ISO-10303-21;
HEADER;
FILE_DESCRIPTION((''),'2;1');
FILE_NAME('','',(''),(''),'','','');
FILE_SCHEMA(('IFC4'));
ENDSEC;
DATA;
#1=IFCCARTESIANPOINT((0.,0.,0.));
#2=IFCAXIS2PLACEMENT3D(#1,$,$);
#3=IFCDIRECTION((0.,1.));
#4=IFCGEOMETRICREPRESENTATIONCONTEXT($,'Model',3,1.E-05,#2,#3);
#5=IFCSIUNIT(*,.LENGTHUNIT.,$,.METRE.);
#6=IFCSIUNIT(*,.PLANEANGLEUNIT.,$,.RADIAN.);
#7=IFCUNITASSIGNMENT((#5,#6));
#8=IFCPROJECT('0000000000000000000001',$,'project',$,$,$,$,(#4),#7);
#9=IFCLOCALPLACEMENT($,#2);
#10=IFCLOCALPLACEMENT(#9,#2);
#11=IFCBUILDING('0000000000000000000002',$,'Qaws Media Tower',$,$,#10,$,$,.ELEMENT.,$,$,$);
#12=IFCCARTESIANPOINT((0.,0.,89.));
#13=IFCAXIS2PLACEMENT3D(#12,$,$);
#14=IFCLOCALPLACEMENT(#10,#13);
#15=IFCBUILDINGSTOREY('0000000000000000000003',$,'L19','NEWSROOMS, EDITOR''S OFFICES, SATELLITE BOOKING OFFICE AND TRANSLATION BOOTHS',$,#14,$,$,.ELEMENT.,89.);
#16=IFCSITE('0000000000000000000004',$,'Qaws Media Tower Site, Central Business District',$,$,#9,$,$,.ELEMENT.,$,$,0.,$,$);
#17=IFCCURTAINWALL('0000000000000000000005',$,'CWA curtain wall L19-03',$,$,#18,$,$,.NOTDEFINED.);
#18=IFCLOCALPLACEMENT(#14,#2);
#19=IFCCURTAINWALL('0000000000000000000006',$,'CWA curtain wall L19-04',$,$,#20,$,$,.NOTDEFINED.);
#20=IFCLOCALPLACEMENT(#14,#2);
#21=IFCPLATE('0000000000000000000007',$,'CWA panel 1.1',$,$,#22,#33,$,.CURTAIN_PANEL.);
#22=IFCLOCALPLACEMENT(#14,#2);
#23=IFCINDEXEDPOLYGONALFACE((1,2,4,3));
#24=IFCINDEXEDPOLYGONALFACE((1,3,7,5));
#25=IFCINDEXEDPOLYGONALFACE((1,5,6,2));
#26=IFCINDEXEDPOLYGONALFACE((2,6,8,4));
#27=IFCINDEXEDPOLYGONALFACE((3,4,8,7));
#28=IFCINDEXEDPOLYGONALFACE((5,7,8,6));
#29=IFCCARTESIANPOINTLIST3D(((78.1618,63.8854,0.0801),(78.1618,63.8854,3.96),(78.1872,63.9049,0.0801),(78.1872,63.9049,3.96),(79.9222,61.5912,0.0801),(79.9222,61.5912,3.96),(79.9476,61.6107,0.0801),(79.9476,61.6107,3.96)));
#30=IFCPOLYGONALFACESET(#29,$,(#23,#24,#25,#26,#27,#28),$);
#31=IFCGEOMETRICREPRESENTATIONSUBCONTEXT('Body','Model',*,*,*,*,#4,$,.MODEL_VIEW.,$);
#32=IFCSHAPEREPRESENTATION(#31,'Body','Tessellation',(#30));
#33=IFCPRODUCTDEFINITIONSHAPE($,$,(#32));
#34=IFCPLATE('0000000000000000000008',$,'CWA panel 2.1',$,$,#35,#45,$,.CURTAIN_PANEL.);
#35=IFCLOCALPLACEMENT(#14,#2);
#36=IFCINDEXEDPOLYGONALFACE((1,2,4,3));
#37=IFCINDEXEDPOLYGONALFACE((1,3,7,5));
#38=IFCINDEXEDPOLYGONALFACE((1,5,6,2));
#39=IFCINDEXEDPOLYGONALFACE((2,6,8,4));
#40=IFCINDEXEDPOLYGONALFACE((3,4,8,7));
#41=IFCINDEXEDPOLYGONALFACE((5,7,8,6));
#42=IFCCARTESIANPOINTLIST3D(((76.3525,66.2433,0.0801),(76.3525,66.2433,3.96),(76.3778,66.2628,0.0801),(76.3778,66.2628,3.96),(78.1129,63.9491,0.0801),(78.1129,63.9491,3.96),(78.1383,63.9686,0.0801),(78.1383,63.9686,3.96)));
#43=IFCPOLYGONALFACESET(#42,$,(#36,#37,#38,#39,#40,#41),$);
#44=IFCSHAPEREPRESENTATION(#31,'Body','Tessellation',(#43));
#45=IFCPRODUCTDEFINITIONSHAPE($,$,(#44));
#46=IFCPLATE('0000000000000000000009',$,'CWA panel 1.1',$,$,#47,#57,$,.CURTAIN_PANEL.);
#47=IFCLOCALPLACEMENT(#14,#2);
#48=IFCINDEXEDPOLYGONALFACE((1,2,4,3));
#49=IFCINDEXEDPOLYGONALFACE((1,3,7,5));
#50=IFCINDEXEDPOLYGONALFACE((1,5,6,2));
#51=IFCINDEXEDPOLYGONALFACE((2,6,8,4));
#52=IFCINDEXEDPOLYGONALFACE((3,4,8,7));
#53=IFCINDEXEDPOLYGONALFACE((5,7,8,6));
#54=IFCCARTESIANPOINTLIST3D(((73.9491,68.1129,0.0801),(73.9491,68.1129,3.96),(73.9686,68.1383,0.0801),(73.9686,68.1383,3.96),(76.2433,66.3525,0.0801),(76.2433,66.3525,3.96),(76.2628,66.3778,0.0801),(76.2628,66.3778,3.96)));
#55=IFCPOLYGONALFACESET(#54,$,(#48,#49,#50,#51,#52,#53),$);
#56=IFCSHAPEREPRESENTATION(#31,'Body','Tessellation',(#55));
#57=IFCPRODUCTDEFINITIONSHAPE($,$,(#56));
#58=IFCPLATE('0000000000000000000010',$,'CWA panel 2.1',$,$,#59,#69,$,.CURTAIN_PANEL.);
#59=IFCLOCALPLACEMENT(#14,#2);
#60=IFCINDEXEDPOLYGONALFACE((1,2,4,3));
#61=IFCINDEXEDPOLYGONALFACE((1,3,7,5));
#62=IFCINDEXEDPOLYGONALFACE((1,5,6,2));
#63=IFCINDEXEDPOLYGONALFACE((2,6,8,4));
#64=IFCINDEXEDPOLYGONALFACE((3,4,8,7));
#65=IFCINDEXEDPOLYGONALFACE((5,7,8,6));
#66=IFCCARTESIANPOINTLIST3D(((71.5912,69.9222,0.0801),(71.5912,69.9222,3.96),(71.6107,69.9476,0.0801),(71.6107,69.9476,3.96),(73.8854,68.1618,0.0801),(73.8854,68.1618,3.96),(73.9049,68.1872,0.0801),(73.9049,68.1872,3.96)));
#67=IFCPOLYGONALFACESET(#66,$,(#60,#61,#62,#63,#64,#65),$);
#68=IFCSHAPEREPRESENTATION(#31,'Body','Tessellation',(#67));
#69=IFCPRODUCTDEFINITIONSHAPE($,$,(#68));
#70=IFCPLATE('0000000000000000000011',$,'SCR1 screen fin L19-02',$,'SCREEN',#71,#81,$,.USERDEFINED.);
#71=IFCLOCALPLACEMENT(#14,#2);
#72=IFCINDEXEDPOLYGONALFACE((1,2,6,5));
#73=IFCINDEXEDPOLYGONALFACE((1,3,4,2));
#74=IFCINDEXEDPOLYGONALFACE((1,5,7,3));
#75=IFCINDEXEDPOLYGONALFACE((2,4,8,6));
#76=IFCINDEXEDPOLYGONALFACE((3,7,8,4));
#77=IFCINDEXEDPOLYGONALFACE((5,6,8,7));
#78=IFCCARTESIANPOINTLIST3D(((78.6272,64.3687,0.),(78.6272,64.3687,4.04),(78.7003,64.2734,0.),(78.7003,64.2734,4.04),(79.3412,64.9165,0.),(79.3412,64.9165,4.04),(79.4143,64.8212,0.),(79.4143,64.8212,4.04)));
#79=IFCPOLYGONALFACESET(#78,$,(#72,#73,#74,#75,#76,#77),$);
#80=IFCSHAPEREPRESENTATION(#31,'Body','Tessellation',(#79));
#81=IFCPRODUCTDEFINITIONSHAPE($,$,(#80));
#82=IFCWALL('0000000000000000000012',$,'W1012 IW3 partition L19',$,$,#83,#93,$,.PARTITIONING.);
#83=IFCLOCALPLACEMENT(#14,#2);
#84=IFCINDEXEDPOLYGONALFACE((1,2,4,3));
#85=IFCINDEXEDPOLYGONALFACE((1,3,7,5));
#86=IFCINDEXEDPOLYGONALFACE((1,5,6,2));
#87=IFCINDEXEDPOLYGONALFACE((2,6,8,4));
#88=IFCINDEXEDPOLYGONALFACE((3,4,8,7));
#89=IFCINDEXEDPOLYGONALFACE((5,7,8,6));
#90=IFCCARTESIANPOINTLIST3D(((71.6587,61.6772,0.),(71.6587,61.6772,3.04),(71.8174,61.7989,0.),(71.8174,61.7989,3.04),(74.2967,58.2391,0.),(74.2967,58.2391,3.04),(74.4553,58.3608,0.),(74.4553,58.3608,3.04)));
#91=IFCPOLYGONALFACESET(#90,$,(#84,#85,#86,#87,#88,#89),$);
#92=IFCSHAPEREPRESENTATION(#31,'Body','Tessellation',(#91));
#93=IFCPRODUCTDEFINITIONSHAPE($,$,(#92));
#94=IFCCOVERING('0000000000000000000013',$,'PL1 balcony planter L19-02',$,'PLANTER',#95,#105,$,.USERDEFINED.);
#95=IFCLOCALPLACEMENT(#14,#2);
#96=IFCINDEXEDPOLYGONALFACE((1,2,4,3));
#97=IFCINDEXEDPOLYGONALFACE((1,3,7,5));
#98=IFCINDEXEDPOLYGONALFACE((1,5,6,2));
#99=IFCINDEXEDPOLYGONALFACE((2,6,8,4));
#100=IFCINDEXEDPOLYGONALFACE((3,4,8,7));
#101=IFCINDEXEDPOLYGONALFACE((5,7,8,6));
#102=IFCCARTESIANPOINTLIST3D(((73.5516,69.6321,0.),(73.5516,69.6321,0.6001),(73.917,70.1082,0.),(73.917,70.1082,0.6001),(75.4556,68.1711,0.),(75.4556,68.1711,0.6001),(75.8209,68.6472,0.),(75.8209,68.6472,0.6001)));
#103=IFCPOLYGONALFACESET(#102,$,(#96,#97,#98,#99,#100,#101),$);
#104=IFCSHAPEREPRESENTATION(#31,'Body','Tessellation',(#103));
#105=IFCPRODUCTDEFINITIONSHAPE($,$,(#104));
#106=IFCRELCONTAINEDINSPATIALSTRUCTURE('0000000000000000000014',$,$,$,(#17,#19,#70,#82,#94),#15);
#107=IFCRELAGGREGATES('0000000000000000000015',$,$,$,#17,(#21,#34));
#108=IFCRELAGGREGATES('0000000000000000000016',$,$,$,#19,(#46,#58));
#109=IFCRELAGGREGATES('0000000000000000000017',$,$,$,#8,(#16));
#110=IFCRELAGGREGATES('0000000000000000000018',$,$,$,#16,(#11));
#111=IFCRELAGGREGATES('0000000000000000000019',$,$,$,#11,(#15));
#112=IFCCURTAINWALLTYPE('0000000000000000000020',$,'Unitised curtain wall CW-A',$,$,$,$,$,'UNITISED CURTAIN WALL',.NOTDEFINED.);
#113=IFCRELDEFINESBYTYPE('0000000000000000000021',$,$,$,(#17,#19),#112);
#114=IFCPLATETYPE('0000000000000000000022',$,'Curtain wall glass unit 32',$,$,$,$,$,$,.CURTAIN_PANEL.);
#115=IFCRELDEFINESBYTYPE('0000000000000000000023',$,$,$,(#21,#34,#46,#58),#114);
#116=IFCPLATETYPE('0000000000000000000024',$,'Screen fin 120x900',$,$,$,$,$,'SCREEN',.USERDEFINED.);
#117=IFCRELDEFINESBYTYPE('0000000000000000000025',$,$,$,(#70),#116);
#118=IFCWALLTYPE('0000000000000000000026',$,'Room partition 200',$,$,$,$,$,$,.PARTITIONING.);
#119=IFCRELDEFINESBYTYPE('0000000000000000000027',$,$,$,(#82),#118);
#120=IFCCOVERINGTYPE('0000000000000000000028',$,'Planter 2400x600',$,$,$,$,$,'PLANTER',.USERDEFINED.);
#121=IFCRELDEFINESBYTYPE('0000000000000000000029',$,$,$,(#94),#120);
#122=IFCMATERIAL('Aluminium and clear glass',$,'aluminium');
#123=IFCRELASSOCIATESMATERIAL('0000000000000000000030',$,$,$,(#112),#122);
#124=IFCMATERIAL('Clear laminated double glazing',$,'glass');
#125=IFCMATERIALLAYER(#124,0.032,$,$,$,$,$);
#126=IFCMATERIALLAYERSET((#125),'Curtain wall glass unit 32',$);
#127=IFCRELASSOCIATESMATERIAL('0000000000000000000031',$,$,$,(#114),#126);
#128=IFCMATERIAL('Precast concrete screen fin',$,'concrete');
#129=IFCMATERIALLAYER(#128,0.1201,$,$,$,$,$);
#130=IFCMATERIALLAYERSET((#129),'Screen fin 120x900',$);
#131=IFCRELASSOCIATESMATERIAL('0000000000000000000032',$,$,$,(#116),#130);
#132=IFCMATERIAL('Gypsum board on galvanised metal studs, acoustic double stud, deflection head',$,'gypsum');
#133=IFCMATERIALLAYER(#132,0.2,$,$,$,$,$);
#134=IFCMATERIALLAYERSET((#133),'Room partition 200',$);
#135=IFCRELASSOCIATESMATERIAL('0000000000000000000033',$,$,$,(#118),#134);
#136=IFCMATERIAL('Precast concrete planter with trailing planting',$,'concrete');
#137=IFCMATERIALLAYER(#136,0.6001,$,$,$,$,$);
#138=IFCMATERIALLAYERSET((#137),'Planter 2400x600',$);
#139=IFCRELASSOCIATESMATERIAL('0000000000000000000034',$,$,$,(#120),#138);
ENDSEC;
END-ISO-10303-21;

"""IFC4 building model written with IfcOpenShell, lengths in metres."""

from ifc_helpers import new_model, si_unit, direction, frame, frame_2d, origin, origin_2d, place, context, subcontext, project, spatial, rectangle, extrude, material, layer, layer_set, type_object, element, aggregate, save


model = new_model("IFC4")

# Units and contexts
model_context = context("Model", 3, precision=1e-05, world=origin(), true_north=direction((0.0, 1.0)))
body_context = subcontext(model_context, "Body", "Model", "MODEL_VIEW")
ifc_project = project(units=[si_unit("LENGTHUNIT", "METRE"), si_unit("PLANEANGLEUNIT", "RADIAN")], contexts=[model_context])

# Site, building, storey
site_placement = place(None, origin())
site = spatial("IfcSite", under=ifc_project, at=site_placement, Name="Qaws Media Tower Site, Central Business District", CompositionType="ELEMENT", RefElevation=0.0)
building_placement = place(site_placement, origin())
building = spatial("IfcBuilding", under=site, at=building_placement, Name="Qaws Media Tower", CompositionType="ELEMENT")
storey_placement = place(building_placement, frame((0.0, 0.0, 89.0)))
storey = spatial("IfcBuildingStorey", under=building, at=storey_placement, Name="L19", Description="NEWSROOMS, EDITOR'S OFFICES, SATELLITE BOOKING OFFICE AND TRANSLATION BOOTHS", CompositionType="ELEMENT", Elevation=89.0)

# Shared definitions
ifc_material_1 = material(Name="Aluminium and clear glass", Category="aluminium")
curtain_wall_type = type_object("IfcCurtainWallType", Name="Unitised curtain wall CW-A", ElementType="UNITISED CURTAIN WALL", PredefinedType="NOTDEFINED", material=ifc_material_1)

# Curtain walls
curtain_wall_1_placement = place(storey_placement, origin())
curtain_wall_1 = element("IfcCurtainWall", 1, at=curtain_wall_1_placement, inside=storey, type_object=curtain_wall_type, Name="CWA curtain wall L19-03", PredefinedType="NOTDEFINED")
curtain_wall_2_placement = place(storey_placement, origin())
curtain_wall_2 = element("IfcCurtainWall", 2, at=curtain_wall_2_placement, inside=storey, type_object=curtain_wall_type, Name="CWA curtain wall L19-04", PredefinedType="NOTDEFINED")

# Plates
ifc_material_2 = material(Name="Clear laminated double glazing", Category="glass")
ifc_layer_1 = layer(ifc_material_2, 0.032)
ifc_layer_set_1 = layer_set([ifc_layer_1], Name="Curtain wall glass unit 32")
plate_type_1 = type_object("IfcPlateType", Name="Curtain wall glass unit 32", PredefinedType="CURTAIN_PANEL", material=ifc_layer_set_1)
plate_1_placement = place(storey_placement, frame((79.0547, 62.748, 0.0801), z_axis=(0.0, 0.0, 1.0), x_axis=(-0.608761, 0.793353, 0.0)))
plate_1 = element("IfcPlate", 3, at=plate_1_placement, type_object=plate_type_1, Name="CWA panel 1.1", PredefinedType="CURTAIN_PANEL", context=body_context, shape_type="SweptSolid", body=[
    extrude(rectangle(XDim=2.8918, YDim=0.032, at=origin_2d()), origin(), (0.0, 0.0, 1.0), 3.8799),
])
plate_2_placement = place(storey_placement, frame((77.2454, 65.106, 0.0801), z_axis=(0.0, 0.0, 1.0), x_axis=(-0.608761, 0.793353, 0.0)))
plate_2 = element("IfcPlate", 4, at=plate_2_placement, type_object=plate_type_1, Name="CWA panel 2.1", PredefinedType="CURTAIN_PANEL", context=body_context, shape_type="SweptSolid", body=[
    extrude(rectangle(XDim=2.8918, YDim=0.032, at=origin_2d()), origin(), (0.0, 0.0, 1.0), 3.8799),
])
aggregate(curtain_wall_1, [plate_1, plate_2])
plate_3_placement = place(storey_placement, frame((75.106, 67.2454, 0.0801), z_axis=(0.0, 0.0, 1.0), x_axis=(-0.793353, 0.608761, 0.0)))
plate_3 = element("IfcPlate", 5, at=plate_3_placement, type_object=plate_type_1, Name="CWA panel 1.1", PredefinedType="CURTAIN_PANEL", context=body_context, shape_type="SweptSolid", body=[
    extrude(rectangle(XDim=2.8918, YDim=0.032, at=origin_2d()), origin(), (0.0, 0.0, 1.0), 3.8799),
])
plate_4_placement = place(storey_placement, frame((72.748, 69.0547, 0.0801), z_axis=(0.0, 0.0, 1.0), x_axis=(-0.793353, 0.608761, 0.0)))
plate_4 = element("IfcPlate", 6, at=plate_4_placement, type_object=plate_type_1, Name="CWA panel 2.1", PredefinedType="CURTAIN_PANEL", context=body_context, shape_type="SweptSolid", body=[
    extrude(rectangle(XDim=2.8918, YDim=0.032, at=origin_2d()), origin(), (0.0, 0.0, 1.0), 3.8799),
])
aggregate(curtain_wall_2, [plate_3, plate_4])
ifc_material_3 = material(Name="Precast concrete screen fin", Category="concrete")
ifc_layer_2 = layer(ifc_material_3, 0.1201)
ifc_layer_set_2 = layer_set([ifc_layer_2], Name="Screen fin 120x900")
plate_type_2 = type_object("IfcPlateType", Name="Screen fin 120x900", ElementType="SCREEN", PredefinedType="USERDEFINED", material=ifc_layer_set_2)
plate_5_placement = place(storey_placement, frame((79.0208, 64.595, 0.0), z_axis=(0.0, 0.0, 1.0), x_axis=(0.793353, 0.608761, 0.0)))
element("IfcPlate", 7, at=plate_5_placement, inside=storey, type_object=plate_type_2, Name="SCR1 screen fin L19-02", ObjectType="SCREEN", PredefinedType="USERDEFINED", context=body_context, shape_type="SweptSolid", body=[
    extrude(rectangle(XDim=0.8999, YDim=0.1201, at=origin_2d()), origin(), (0.0, 0.0, 1.0), 4.04),
])

# Wall
ifc_material_4 = material(Name="Gypsum board on galvanised metal studs, acoustic double stud, deflection head", Category="gypsum")
ifc_layer_3 = layer(ifc_material_4, 0.2)
ifc_layer_set_3 = layer_set([ifc_layer_3], Name="Room partition 200")
wall_type = type_object("IfcWallType", Name="Room partition 200", PredefinedType="PARTITIONING", material=ifc_layer_set_3)
wall_placement = place(storey_placement, frame((71.738, 61.738, 0.0), z_axis=(0.0, 0.0, 1.0), x_axis=(0.608744, -0.793367, 0.0)))
element("IfcWall", 8, at=wall_placement, inside=storey, type_object=wall_type, Name="W1012 IW3 partition L19", PredefinedType="PARTITIONING", context=body_context, shape_type="SweptSolid", body=[
    extrude(rectangle(XDim=4.3335, YDim=0.2, at=frame_2d((2.1667, 0.0))), origin(), (0.0, 0.0, 1.0), 3.04),
])

# Covering
ifc_material_5 = material(Name="Precast concrete planter with trailing planting", Category="concrete")
ifc_layer_4 = layer(ifc_material_5, 0.6001)
ifc_layer_set_4 = layer_set([ifc_layer_4], Name="Planter 2400x600")
covering_type = type_object("IfcCoveringType", Name="Planter 2400x600", ElementType="PLANTER", PredefinedType="USERDEFINED", material=ifc_layer_set_4)
covering_placement = place(storey_placement, frame((74.6863, 69.1396, 0.0), z_axis=(0.0, 0.0, 1.0), x_axis=(-0.793353, 0.608761, 0.0)))
element("IfcCovering", 9, at=covering_placement, inside=storey, type_object=covering_type, Name="PL1 balcony planter L19-02", ObjectType="PLANTER", PredefinedType="USERDEFINED", context=body_context, shape_type="SweptSolid", body=[
    extrude(rectangle(XDim=2.3999, YDim=0.6001, at=origin_2d()), origin(), (0.0, 0.0, 1.0), 0.6001),
])

save(model, "model.ifc")
